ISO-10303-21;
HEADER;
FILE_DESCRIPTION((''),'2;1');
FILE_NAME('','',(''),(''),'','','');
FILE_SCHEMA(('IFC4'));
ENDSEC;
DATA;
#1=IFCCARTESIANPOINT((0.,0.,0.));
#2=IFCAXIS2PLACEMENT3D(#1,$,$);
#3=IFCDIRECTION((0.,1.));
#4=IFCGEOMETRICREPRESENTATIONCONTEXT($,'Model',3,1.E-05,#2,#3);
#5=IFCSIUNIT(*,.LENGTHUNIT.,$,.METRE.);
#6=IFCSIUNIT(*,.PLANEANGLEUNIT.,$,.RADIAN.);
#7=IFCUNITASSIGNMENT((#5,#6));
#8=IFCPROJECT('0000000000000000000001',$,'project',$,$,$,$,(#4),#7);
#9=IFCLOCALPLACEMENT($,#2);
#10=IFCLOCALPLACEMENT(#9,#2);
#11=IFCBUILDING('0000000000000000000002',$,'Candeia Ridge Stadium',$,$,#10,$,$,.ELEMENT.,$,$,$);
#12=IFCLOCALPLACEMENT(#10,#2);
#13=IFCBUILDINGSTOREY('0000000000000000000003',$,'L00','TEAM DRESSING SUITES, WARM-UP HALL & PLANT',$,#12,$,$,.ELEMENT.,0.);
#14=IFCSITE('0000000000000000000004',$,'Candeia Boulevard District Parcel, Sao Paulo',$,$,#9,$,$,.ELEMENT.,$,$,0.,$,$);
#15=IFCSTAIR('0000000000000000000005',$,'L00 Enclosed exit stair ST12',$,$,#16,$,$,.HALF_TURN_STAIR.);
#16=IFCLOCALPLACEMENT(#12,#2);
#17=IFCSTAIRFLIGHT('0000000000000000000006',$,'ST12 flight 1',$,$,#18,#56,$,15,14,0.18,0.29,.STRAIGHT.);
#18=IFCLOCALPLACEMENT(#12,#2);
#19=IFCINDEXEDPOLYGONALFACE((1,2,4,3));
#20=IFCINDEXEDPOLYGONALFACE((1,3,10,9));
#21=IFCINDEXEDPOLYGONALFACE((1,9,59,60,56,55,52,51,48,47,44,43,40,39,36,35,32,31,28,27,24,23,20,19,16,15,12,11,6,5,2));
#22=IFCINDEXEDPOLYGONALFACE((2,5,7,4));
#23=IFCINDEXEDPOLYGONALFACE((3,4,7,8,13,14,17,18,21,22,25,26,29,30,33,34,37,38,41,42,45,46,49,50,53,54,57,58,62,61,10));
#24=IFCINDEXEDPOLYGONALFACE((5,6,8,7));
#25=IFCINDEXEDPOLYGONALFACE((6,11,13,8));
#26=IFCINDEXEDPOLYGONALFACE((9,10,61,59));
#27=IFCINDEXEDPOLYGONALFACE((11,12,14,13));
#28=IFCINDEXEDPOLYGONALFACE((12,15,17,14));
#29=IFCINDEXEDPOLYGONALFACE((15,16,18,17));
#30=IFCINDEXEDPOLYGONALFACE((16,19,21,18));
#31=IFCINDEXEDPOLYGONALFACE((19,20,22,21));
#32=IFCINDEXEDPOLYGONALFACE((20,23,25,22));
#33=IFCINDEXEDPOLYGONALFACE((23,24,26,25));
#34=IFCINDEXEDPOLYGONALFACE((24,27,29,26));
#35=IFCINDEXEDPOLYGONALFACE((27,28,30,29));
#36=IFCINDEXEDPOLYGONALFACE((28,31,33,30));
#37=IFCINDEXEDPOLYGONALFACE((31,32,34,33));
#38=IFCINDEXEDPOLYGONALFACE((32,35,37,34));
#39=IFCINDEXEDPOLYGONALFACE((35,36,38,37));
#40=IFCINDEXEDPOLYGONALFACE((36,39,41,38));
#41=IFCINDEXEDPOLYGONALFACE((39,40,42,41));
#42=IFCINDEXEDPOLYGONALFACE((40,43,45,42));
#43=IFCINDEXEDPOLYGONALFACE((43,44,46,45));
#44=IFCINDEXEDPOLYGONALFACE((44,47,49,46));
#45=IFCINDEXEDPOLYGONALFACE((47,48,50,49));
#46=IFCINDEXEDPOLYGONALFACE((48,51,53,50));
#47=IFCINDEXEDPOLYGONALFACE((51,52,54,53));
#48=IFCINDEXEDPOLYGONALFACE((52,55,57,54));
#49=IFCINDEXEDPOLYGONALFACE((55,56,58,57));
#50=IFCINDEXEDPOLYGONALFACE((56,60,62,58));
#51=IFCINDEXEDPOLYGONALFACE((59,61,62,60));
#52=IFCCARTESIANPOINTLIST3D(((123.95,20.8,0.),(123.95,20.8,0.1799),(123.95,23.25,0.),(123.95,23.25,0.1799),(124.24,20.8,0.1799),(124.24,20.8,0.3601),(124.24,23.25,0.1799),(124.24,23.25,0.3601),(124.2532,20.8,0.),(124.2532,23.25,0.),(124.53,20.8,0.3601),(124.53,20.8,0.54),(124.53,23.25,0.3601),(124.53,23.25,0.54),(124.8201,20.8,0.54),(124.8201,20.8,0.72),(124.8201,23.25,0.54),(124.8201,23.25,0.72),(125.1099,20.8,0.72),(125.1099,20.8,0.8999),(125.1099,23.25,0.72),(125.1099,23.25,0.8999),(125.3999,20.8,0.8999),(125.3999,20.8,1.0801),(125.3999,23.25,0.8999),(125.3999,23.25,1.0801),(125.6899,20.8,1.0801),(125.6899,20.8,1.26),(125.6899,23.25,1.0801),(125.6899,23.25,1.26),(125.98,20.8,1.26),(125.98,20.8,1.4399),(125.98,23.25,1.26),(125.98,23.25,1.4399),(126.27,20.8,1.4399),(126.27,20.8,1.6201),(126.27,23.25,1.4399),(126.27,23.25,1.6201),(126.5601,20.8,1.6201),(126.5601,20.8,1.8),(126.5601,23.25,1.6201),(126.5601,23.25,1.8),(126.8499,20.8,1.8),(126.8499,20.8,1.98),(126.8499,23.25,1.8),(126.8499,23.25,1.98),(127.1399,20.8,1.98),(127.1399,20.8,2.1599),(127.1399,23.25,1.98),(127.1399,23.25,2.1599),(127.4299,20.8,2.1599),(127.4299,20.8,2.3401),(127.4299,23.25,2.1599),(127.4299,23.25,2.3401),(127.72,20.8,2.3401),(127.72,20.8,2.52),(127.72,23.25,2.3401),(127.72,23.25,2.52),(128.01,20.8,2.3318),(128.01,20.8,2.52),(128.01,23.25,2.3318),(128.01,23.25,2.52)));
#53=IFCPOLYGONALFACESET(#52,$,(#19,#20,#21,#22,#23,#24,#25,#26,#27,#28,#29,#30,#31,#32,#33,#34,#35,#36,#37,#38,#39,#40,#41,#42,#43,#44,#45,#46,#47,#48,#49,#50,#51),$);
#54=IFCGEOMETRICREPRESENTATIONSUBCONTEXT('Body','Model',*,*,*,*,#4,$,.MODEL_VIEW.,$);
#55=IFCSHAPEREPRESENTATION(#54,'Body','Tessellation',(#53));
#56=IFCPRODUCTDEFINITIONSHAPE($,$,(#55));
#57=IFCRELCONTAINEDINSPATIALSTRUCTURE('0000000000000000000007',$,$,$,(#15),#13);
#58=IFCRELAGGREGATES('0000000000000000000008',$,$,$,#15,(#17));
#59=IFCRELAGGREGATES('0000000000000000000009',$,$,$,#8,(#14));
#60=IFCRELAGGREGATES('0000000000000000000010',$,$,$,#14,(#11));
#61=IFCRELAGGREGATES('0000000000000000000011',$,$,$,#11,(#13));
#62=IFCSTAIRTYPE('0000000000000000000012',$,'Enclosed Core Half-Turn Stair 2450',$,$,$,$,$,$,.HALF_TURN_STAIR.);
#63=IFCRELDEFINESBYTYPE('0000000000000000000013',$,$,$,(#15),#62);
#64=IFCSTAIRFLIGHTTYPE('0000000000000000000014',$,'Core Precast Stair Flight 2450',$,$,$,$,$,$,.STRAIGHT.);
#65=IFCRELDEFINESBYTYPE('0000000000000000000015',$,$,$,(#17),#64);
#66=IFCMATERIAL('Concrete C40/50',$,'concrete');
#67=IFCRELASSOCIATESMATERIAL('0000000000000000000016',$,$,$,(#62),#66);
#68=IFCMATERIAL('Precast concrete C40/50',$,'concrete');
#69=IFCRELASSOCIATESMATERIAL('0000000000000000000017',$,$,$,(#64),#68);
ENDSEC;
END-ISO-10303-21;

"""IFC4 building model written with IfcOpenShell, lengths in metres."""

from ifc_helpers import new_model, si_unit, direction, frame, origin, place, context, subcontext, project, spatial, polyline, outline, extrude, material, type_object, element, aggregate, save


model = new_model("IFC4")

# Units and contexts
model_context = context("Model", 3, precision=1e-05, world=origin(), true_north=direction((0.0, 1.0)))
body_context = subcontext(model_context, "Body", "Model", "MODEL_VIEW")
ifc_project = project(units=[si_unit("LENGTHUNIT", "METRE"), si_unit("PLANEANGLEUNIT", "RADIAN")], contexts=[model_context])

# Site, building, storey
site_placement = place(None, origin())
site = spatial("IfcSite", under=ifc_project, at=site_placement, Name="Candeia Boulevard District Parcel, Sao Paulo", CompositionType="ELEMENT", RefElevation=0.0)
building_placement = place(site_placement, origin())
building = spatial("IfcBuilding", under=site, at=building_placement, Name="Candeia Ridge Stadium", CompositionType="ELEMENT")
storey_placement = place(building_placement, origin())
storey = spatial("IfcBuildingStorey", under=building, at=storey_placement, Name="L00", Description="TEAM DRESSING SUITES, WARM-UP HALL & PLANT", CompositionType="ELEMENT", Elevation=0.0)

# Shared definitions
ifc_material_1 = material(Name="Concrete C40/50", Category="concrete")

# Stair, stair flight
stair_type = type_object("IfcStairType", Name="Enclosed Core Half-Turn Stair 2450", PredefinedType="HALF_TURN_STAIR", material=ifc_material_1)
stair_placement = place(storey_placement, origin())
stair = element("IfcStair", 1, at=stair_placement, inside=storey, type_object=stair_type, Name="L00 Enclosed exit stair ST12", PredefinedType="HALF_TURN_STAIR")
ifc_material_2 = material(Name="Precast concrete C40/50", Category="concrete")
stair_flight_type = type_object("IfcStairFlightType", Name="Core Precast Stair Flight 2450", PredefinedType="STRAIGHT", material=ifc_material_2)
stair_flight_placement = place(storey_placement, frame((123.95, 22.0249, 0.0), z_axis=(0.0, 0.0, 1.0), x_axis=(1.0, 0.0, 0.0)))
stair_flight = element("IfcStairFlight", 2, at=stair_flight_placement, type_object=stair_flight_type, Name="ST12 flight 1", NumberOfRisers=15, NumberOfTreads=14, PredefinedType="STRAIGHT", RiserHeight=0.18, TreadLength=0.29, context=body_context, shape_type="SweptSolid", body=[
    extrude(outline(polyline([(0.0, 0.0), (0.0, 0.1799), (0.29, 0.1799), (0.29, 0.3601), (0.5801, 0.3601), (0.5801, 0.54), (0.8701, 0.54), (0.8701, 0.72), (1.1599, 0.72), (1.1599, 0.8999), (1.45, 0.8999), (1.45, 1.0801), (1.74, 1.0801), (1.74, 1.26), (2.03, 1.26), (2.03, 1.4399), (2.3201, 1.4399), (2.3201, 1.6201), (2.6101, 1.6201), (2.6101, 1.8), (2.8999, 1.8), (2.8999, 1.98), (3.1899, 1.98), (3.1899, 2.1599), (3.48, 2.1599), (3.48, 2.3401), (3.77, 2.3401), (3.77, 2.52), (4.0601, 2.52), (4.0601, 2.7), (4.0601, 2.3318), (0.3032, 0.0), (0.0, 0.0)])), frame((0.0, 1.2251, 0.0), z_axis=(0.0, -1.0, 0.0), x_axis=(1.0, 0.0, 0.0)), (0.0, 0.0, 1.0), 2.45),
])
aggregate(stair, [stair_flight])

save(model, "model.ifc")
